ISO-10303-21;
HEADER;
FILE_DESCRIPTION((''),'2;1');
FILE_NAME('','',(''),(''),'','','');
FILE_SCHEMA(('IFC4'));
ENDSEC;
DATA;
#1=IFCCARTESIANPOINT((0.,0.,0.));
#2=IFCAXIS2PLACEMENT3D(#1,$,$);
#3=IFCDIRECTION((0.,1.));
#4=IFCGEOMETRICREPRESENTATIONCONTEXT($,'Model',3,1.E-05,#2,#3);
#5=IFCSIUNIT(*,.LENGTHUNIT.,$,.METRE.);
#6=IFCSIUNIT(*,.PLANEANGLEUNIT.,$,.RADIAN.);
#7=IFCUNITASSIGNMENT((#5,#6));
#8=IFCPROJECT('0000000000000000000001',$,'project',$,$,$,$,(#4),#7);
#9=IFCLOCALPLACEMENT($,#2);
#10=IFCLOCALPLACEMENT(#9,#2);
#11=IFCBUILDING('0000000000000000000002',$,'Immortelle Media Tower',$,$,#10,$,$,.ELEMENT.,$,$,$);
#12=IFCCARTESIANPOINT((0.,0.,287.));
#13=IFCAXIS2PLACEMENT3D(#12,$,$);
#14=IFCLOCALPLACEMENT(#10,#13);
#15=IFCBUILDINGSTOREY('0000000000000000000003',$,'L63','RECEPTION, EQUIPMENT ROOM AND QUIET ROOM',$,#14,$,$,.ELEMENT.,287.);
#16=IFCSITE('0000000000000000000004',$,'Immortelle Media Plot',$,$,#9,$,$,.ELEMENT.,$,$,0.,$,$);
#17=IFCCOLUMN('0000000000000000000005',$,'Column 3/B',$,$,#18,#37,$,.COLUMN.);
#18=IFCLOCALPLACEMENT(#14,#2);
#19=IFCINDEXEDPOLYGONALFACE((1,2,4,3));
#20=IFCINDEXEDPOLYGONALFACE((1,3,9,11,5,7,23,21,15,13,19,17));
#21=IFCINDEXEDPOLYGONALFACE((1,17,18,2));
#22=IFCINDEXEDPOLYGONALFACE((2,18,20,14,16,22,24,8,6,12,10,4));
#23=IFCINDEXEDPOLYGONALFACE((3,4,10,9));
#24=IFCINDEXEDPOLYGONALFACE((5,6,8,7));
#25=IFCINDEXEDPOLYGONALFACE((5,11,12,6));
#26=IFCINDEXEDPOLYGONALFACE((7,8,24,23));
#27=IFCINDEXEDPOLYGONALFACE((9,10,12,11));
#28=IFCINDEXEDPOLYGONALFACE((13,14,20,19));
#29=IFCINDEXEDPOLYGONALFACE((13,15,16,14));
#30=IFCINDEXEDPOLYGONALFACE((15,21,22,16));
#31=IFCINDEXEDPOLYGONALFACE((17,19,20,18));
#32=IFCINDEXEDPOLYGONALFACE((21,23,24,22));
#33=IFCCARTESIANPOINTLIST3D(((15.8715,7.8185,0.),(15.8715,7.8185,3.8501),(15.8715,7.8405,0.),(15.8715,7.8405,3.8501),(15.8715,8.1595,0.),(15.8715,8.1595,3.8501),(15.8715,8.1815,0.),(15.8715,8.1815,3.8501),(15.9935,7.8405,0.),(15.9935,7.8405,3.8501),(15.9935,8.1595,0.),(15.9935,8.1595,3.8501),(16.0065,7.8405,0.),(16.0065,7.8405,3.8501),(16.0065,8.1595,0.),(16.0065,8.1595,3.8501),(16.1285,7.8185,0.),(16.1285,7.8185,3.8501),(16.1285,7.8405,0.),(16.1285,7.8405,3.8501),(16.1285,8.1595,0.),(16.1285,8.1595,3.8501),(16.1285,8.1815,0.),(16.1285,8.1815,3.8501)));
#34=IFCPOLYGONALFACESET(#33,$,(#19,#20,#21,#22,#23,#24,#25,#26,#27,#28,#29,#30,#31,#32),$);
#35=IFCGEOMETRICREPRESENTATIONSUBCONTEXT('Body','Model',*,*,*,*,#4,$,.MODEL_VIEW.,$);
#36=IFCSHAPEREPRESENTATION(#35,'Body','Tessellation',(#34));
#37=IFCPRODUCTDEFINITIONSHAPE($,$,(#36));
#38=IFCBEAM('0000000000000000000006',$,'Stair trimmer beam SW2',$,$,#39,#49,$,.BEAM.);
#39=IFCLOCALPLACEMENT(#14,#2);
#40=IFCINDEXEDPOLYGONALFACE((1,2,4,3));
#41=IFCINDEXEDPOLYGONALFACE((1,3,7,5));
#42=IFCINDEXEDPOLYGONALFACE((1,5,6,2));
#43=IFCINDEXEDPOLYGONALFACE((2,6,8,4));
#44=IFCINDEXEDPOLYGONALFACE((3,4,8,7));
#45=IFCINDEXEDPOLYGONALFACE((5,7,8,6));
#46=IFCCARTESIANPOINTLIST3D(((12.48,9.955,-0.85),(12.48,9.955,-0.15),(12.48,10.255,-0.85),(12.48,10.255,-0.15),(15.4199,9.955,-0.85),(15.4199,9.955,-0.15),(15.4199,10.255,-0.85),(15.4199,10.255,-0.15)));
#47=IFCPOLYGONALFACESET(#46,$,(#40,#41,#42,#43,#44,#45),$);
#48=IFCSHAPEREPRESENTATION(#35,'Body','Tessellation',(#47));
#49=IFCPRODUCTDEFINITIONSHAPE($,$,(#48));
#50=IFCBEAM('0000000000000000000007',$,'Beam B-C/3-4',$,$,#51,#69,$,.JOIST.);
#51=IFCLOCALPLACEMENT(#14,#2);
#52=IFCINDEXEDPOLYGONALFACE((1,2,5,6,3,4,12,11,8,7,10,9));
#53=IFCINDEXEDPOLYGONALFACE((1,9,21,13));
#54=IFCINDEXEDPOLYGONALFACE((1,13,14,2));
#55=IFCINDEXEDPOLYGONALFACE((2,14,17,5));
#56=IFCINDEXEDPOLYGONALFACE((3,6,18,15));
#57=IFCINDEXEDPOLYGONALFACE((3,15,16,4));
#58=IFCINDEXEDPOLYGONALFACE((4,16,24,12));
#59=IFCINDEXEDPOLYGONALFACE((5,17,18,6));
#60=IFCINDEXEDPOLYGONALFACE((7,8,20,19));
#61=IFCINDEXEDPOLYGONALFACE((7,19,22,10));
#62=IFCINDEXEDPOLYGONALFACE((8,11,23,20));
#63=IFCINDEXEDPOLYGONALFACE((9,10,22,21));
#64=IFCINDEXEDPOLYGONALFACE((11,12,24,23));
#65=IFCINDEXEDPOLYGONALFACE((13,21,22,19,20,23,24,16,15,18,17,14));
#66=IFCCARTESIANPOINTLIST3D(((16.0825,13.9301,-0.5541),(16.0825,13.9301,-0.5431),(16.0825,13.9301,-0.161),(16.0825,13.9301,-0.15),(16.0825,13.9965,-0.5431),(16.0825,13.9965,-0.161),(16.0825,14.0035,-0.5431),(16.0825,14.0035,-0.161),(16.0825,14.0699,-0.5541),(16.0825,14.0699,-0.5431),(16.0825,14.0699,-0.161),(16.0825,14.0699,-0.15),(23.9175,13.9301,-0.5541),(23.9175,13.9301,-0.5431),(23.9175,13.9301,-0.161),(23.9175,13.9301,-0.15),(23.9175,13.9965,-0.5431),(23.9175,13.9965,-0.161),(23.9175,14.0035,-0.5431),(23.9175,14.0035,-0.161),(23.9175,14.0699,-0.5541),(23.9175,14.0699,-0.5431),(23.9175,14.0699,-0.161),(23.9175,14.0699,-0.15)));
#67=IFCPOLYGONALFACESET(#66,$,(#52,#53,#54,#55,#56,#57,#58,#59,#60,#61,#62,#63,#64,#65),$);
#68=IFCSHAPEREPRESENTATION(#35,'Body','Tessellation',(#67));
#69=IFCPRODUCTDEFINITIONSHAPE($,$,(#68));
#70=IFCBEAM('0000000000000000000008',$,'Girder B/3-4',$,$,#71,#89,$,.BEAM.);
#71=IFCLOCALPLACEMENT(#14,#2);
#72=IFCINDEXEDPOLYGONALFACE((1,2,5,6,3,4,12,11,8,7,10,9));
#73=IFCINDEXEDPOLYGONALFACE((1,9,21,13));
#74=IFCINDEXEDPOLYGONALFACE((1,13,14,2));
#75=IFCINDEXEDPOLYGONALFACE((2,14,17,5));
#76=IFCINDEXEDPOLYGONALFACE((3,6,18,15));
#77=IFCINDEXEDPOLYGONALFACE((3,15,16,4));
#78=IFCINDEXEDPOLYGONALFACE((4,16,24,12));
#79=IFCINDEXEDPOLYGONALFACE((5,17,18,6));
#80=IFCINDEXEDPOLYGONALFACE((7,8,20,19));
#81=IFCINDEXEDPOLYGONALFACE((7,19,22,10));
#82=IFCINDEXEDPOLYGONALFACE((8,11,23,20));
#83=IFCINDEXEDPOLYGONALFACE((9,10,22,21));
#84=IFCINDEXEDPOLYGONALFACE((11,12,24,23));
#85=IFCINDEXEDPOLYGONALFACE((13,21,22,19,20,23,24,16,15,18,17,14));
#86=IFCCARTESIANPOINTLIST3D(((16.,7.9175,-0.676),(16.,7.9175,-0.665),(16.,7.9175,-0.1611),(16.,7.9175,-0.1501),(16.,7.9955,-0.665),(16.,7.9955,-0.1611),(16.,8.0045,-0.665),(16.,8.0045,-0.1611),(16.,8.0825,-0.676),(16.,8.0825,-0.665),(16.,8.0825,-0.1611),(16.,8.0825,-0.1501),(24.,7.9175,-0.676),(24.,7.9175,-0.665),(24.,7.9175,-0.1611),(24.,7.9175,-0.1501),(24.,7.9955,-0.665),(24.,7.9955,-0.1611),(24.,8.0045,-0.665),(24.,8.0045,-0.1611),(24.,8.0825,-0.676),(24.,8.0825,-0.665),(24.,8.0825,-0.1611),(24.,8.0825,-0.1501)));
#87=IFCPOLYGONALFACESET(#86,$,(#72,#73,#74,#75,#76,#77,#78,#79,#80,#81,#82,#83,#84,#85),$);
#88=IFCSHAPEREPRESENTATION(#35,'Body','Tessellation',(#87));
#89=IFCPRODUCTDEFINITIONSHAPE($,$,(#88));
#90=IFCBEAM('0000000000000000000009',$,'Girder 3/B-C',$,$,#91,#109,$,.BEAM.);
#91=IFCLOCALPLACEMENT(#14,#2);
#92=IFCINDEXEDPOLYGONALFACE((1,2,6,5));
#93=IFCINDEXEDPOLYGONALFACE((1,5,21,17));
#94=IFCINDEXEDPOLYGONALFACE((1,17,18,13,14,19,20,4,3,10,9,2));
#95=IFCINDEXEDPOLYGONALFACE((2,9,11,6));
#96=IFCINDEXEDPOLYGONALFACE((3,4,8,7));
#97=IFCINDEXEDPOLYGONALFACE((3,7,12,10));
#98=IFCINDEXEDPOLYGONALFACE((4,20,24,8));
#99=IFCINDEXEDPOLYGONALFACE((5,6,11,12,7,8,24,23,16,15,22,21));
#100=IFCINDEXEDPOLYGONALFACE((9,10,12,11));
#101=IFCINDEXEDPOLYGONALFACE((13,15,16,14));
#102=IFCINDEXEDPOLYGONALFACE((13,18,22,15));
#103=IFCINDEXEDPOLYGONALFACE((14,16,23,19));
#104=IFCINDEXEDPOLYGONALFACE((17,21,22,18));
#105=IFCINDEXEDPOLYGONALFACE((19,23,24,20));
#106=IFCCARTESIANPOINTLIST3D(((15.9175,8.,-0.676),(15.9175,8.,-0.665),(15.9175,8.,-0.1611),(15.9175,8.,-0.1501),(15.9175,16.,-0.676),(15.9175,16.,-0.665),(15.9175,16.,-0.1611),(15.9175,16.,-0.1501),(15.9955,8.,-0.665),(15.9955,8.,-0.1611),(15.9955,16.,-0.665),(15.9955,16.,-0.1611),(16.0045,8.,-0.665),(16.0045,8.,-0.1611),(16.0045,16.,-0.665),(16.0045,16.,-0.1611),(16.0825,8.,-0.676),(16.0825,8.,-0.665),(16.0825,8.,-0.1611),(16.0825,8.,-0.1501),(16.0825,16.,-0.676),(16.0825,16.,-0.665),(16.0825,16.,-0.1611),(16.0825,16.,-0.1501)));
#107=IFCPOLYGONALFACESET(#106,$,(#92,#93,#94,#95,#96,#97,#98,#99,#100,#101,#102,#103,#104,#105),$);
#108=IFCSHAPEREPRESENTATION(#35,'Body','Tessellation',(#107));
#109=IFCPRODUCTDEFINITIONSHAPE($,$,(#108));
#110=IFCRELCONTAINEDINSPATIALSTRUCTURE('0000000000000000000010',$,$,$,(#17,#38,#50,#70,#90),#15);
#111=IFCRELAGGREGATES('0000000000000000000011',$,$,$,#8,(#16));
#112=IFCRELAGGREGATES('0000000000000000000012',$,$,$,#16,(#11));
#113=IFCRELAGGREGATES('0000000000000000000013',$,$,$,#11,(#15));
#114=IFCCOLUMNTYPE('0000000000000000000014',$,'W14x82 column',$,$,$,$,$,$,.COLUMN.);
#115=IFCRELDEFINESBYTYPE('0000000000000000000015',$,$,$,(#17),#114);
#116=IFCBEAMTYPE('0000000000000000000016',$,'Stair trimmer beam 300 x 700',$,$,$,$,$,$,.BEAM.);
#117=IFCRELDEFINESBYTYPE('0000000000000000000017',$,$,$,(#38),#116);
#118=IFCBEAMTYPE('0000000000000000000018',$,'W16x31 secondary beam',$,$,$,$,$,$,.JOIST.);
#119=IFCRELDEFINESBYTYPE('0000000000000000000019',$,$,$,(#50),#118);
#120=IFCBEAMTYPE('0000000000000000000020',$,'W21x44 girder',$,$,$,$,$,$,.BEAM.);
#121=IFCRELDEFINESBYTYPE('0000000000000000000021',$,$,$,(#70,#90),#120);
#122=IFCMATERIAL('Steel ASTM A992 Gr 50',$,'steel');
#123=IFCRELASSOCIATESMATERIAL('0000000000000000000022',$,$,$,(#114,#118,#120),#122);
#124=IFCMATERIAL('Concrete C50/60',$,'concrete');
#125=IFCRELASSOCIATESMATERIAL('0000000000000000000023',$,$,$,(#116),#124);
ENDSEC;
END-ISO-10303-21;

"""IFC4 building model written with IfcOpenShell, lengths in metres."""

from ifc_helpers import new_model, si_unit, direction, frame, origin, origin_2d, place, context, subcontext, project, spatial, rectangle, i_section, extrude, material, material_profile, profile_set, type_object, element, save


model = new_model("IFC4")

# Units and contexts
model_context = context("Model", 3, precision=1e-05, world=origin(), true_north=direction((0.0, 1.0)))
body_context = subcontext(model_context, "Body", "Model", "MODEL_VIEW")
ifc_project = project(units=[si_unit("LENGTHUNIT", "METRE"), si_unit("PLANEANGLEUNIT", "RADIAN")], contexts=[model_context])

# Site, building, storey
site_placement = place(None, origin())
site = spatial("IfcSite", under=ifc_project, at=site_placement, Name="Immortelle Media Plot", CompositionType="ELEMENT", RefElevation=0.0)
building_placement = place(site_placement, origin())
building = spatial("IfcBuilding", under=site, at=building_placement, Name="Immortelle Media Tower", CompositionType="ELEMENT")
storey_placement = place(building_placement, frame((0.0, 0.0, 287.0)))
storey = spatial("IfcBuildingStorey", under=building, at=storey_placement, Name="L63", Description="RECEPTION, EQUIPMENT ROOM AND QUIET ROOM", CompositionType="ELEMENT", Elevation=287.0)

# Column
ifc_material_1 = material(Name="Steel ASTM A992 Gr 50", Category="steel")
ifc_material_profile_1 = material_profile(ifc_material_1, i_section(OverallWidth=0.2571, OverallDepth=0.363, WebThickness=0.0129, FlangeThickness=0.022, at=origin_2d()), Name="W14x82")
ifc_profile_set_1 = profile_set([ifc_material_profile_1], Name="Steel ASTM A992 Gr 50")
column_type = type_object("IfcColumnType", Name="W14x82 column", PredefinedType="COLUMN", material=ifc_profile_set_1)
column_placement = place(storey_placement, frame((16.0, 8.0, 0.0), z_axis=(0.0, 0.0, 1.0), x_axis=(1.0, 0.0, 0.0)))
element("IfcColumn", 1, at=column_placement, inside=storey, type_object=column_type, Name="Column 3/B", PredefinedType="COLUMN", context=body_context, shape_type="SweptSolid", body=[
    extrude(i_section(OverallWidth=0.2571, OverallDepth=0.363, WebThickness=0.0129, FlangeThickness=0.022, at=origin_2d()), origin(), (0.0, 0.0, 1.0), 3.8501),
])

# Beams
ifc_material_2 = material(Name="Concrete C50/60", Category="concrete")
ifc_material_profile_2 = material_profile(ifc_material_2, rectangle(XDim=0.3, YDim=0.7, at=origin_2d()), Name="RC 300x700")
ifc_profile_set_2 = profile_set([ifc_material_profile_2], Name="Concrete C50/60")
beam_type_1 = type_object("IfcBeamType", Name="Stair trimmer beam 300 x 700", PredefinedType="BEAM", material=ifc_profile_set_2)
beam_1_placement = place(storey_placement, frame((12.48, 10.105, -0.5), z_axis=(1.0, 0.0, 0.0), x_axis=(0.0, 1.0, 0.0)))
element("IfcBeam", 2, at=beam_1_placement, inside=storey, type_object=beam_type_1, Name="Stair trimmer beam SW2", PredefinedType="BEAM", context=body_context, shape_type="SweptSolid", body=[
    extrude(rectangle(XDim=0.3, YDim=0.7, at=origin_2d()), origin(), (0.0, 0.0, 1.0), 2.9399),
])
ifc_material_profile_3 = material_profile(ifc_material_1, i_section(OverallWidth=0.1399, OverallDepth=0.4041, WebThickness=0.0071, FlangeThickness=0.011, at=origin_2d()), Name="W16x31")
ifc_profile_set_3 = profile_set([ifc_material_profile_3], Name="Steel ASTM A992 Gr 50")
beam_type_2 = type_object("IfcBeamType", Name="W16x31 secondary beam", PredefinedType="JOIST", material=ifc_profile_set_3)
beam_2_placement = place(storey_placement, frame((16.0825, 14.0, -0.3521), z_axis=(1.0, 0.0, 0.0), x_axis=(0.0, 1.0, 0.0)))
element("IfcBeam", 3, at=beam_2_placement, inside=storey, type_object=beam_type_2, Name="Beam B-C/3-4", PredefinedType="JOIST", context=body_context, shape_type="SweptSolid", body=[
    extrude(i_section(OverallWidth=0.1399, OverallDepth=0.4041, WebThickness=0.0071, FlangeThickness=0.011, at=origin_2d()), origin(), (0.0, 0.0, 1.0), 7.835),
])
ifc_material_profile_4 = material_profile(ifc_material_1, i_section(OverallWidth=0.165, OverallDepth=0.5259, WebThickness=0.009, FlangeThickness=0.011, at=origin_2d()), Name="W21x44")
ifc_profile_set_4 = profile_set([ifc_material_profile_4], Name="Steel ASTM A992 Gr 50")
beam_type_3 = type_object("IfcBeamType", Name="W21x44 girder", PredefinedType="BEAM", material=ifc_profile_set_4)
for number, where, z_axis, x_axis, name in (
    (4, (16.0, 8.0, -0.4131), (1.0, 0.0, 0.0), (0.0, 1.0, 0.0), "Girder B/3-4"),
    (5, (16.0, 8.0, -0.4131), (0.0, 1.0, 0.0), (-1.0, 0.0, 0.0), "Girder 3/B-C"),
):
    element("IfcBeam", number, at=place(storey_placement, frame(where, z_axis=z_axis, x_axis=x_axis)), inside=storey, type_object=beam_type_3, Name=name, PredefinedType="BEAM", context=body_context, shape_type="SweptSolid", body=[
        extrude(i_section(OverallWidth=0.165, OverallDepth=0.5259, WebThickness=0.009, FlangeThickness=0.011, at=origin_2d()), origin(), (0.0, 0.0, 1.0), 8.0),
    ])

save(model, "model.ifc")
